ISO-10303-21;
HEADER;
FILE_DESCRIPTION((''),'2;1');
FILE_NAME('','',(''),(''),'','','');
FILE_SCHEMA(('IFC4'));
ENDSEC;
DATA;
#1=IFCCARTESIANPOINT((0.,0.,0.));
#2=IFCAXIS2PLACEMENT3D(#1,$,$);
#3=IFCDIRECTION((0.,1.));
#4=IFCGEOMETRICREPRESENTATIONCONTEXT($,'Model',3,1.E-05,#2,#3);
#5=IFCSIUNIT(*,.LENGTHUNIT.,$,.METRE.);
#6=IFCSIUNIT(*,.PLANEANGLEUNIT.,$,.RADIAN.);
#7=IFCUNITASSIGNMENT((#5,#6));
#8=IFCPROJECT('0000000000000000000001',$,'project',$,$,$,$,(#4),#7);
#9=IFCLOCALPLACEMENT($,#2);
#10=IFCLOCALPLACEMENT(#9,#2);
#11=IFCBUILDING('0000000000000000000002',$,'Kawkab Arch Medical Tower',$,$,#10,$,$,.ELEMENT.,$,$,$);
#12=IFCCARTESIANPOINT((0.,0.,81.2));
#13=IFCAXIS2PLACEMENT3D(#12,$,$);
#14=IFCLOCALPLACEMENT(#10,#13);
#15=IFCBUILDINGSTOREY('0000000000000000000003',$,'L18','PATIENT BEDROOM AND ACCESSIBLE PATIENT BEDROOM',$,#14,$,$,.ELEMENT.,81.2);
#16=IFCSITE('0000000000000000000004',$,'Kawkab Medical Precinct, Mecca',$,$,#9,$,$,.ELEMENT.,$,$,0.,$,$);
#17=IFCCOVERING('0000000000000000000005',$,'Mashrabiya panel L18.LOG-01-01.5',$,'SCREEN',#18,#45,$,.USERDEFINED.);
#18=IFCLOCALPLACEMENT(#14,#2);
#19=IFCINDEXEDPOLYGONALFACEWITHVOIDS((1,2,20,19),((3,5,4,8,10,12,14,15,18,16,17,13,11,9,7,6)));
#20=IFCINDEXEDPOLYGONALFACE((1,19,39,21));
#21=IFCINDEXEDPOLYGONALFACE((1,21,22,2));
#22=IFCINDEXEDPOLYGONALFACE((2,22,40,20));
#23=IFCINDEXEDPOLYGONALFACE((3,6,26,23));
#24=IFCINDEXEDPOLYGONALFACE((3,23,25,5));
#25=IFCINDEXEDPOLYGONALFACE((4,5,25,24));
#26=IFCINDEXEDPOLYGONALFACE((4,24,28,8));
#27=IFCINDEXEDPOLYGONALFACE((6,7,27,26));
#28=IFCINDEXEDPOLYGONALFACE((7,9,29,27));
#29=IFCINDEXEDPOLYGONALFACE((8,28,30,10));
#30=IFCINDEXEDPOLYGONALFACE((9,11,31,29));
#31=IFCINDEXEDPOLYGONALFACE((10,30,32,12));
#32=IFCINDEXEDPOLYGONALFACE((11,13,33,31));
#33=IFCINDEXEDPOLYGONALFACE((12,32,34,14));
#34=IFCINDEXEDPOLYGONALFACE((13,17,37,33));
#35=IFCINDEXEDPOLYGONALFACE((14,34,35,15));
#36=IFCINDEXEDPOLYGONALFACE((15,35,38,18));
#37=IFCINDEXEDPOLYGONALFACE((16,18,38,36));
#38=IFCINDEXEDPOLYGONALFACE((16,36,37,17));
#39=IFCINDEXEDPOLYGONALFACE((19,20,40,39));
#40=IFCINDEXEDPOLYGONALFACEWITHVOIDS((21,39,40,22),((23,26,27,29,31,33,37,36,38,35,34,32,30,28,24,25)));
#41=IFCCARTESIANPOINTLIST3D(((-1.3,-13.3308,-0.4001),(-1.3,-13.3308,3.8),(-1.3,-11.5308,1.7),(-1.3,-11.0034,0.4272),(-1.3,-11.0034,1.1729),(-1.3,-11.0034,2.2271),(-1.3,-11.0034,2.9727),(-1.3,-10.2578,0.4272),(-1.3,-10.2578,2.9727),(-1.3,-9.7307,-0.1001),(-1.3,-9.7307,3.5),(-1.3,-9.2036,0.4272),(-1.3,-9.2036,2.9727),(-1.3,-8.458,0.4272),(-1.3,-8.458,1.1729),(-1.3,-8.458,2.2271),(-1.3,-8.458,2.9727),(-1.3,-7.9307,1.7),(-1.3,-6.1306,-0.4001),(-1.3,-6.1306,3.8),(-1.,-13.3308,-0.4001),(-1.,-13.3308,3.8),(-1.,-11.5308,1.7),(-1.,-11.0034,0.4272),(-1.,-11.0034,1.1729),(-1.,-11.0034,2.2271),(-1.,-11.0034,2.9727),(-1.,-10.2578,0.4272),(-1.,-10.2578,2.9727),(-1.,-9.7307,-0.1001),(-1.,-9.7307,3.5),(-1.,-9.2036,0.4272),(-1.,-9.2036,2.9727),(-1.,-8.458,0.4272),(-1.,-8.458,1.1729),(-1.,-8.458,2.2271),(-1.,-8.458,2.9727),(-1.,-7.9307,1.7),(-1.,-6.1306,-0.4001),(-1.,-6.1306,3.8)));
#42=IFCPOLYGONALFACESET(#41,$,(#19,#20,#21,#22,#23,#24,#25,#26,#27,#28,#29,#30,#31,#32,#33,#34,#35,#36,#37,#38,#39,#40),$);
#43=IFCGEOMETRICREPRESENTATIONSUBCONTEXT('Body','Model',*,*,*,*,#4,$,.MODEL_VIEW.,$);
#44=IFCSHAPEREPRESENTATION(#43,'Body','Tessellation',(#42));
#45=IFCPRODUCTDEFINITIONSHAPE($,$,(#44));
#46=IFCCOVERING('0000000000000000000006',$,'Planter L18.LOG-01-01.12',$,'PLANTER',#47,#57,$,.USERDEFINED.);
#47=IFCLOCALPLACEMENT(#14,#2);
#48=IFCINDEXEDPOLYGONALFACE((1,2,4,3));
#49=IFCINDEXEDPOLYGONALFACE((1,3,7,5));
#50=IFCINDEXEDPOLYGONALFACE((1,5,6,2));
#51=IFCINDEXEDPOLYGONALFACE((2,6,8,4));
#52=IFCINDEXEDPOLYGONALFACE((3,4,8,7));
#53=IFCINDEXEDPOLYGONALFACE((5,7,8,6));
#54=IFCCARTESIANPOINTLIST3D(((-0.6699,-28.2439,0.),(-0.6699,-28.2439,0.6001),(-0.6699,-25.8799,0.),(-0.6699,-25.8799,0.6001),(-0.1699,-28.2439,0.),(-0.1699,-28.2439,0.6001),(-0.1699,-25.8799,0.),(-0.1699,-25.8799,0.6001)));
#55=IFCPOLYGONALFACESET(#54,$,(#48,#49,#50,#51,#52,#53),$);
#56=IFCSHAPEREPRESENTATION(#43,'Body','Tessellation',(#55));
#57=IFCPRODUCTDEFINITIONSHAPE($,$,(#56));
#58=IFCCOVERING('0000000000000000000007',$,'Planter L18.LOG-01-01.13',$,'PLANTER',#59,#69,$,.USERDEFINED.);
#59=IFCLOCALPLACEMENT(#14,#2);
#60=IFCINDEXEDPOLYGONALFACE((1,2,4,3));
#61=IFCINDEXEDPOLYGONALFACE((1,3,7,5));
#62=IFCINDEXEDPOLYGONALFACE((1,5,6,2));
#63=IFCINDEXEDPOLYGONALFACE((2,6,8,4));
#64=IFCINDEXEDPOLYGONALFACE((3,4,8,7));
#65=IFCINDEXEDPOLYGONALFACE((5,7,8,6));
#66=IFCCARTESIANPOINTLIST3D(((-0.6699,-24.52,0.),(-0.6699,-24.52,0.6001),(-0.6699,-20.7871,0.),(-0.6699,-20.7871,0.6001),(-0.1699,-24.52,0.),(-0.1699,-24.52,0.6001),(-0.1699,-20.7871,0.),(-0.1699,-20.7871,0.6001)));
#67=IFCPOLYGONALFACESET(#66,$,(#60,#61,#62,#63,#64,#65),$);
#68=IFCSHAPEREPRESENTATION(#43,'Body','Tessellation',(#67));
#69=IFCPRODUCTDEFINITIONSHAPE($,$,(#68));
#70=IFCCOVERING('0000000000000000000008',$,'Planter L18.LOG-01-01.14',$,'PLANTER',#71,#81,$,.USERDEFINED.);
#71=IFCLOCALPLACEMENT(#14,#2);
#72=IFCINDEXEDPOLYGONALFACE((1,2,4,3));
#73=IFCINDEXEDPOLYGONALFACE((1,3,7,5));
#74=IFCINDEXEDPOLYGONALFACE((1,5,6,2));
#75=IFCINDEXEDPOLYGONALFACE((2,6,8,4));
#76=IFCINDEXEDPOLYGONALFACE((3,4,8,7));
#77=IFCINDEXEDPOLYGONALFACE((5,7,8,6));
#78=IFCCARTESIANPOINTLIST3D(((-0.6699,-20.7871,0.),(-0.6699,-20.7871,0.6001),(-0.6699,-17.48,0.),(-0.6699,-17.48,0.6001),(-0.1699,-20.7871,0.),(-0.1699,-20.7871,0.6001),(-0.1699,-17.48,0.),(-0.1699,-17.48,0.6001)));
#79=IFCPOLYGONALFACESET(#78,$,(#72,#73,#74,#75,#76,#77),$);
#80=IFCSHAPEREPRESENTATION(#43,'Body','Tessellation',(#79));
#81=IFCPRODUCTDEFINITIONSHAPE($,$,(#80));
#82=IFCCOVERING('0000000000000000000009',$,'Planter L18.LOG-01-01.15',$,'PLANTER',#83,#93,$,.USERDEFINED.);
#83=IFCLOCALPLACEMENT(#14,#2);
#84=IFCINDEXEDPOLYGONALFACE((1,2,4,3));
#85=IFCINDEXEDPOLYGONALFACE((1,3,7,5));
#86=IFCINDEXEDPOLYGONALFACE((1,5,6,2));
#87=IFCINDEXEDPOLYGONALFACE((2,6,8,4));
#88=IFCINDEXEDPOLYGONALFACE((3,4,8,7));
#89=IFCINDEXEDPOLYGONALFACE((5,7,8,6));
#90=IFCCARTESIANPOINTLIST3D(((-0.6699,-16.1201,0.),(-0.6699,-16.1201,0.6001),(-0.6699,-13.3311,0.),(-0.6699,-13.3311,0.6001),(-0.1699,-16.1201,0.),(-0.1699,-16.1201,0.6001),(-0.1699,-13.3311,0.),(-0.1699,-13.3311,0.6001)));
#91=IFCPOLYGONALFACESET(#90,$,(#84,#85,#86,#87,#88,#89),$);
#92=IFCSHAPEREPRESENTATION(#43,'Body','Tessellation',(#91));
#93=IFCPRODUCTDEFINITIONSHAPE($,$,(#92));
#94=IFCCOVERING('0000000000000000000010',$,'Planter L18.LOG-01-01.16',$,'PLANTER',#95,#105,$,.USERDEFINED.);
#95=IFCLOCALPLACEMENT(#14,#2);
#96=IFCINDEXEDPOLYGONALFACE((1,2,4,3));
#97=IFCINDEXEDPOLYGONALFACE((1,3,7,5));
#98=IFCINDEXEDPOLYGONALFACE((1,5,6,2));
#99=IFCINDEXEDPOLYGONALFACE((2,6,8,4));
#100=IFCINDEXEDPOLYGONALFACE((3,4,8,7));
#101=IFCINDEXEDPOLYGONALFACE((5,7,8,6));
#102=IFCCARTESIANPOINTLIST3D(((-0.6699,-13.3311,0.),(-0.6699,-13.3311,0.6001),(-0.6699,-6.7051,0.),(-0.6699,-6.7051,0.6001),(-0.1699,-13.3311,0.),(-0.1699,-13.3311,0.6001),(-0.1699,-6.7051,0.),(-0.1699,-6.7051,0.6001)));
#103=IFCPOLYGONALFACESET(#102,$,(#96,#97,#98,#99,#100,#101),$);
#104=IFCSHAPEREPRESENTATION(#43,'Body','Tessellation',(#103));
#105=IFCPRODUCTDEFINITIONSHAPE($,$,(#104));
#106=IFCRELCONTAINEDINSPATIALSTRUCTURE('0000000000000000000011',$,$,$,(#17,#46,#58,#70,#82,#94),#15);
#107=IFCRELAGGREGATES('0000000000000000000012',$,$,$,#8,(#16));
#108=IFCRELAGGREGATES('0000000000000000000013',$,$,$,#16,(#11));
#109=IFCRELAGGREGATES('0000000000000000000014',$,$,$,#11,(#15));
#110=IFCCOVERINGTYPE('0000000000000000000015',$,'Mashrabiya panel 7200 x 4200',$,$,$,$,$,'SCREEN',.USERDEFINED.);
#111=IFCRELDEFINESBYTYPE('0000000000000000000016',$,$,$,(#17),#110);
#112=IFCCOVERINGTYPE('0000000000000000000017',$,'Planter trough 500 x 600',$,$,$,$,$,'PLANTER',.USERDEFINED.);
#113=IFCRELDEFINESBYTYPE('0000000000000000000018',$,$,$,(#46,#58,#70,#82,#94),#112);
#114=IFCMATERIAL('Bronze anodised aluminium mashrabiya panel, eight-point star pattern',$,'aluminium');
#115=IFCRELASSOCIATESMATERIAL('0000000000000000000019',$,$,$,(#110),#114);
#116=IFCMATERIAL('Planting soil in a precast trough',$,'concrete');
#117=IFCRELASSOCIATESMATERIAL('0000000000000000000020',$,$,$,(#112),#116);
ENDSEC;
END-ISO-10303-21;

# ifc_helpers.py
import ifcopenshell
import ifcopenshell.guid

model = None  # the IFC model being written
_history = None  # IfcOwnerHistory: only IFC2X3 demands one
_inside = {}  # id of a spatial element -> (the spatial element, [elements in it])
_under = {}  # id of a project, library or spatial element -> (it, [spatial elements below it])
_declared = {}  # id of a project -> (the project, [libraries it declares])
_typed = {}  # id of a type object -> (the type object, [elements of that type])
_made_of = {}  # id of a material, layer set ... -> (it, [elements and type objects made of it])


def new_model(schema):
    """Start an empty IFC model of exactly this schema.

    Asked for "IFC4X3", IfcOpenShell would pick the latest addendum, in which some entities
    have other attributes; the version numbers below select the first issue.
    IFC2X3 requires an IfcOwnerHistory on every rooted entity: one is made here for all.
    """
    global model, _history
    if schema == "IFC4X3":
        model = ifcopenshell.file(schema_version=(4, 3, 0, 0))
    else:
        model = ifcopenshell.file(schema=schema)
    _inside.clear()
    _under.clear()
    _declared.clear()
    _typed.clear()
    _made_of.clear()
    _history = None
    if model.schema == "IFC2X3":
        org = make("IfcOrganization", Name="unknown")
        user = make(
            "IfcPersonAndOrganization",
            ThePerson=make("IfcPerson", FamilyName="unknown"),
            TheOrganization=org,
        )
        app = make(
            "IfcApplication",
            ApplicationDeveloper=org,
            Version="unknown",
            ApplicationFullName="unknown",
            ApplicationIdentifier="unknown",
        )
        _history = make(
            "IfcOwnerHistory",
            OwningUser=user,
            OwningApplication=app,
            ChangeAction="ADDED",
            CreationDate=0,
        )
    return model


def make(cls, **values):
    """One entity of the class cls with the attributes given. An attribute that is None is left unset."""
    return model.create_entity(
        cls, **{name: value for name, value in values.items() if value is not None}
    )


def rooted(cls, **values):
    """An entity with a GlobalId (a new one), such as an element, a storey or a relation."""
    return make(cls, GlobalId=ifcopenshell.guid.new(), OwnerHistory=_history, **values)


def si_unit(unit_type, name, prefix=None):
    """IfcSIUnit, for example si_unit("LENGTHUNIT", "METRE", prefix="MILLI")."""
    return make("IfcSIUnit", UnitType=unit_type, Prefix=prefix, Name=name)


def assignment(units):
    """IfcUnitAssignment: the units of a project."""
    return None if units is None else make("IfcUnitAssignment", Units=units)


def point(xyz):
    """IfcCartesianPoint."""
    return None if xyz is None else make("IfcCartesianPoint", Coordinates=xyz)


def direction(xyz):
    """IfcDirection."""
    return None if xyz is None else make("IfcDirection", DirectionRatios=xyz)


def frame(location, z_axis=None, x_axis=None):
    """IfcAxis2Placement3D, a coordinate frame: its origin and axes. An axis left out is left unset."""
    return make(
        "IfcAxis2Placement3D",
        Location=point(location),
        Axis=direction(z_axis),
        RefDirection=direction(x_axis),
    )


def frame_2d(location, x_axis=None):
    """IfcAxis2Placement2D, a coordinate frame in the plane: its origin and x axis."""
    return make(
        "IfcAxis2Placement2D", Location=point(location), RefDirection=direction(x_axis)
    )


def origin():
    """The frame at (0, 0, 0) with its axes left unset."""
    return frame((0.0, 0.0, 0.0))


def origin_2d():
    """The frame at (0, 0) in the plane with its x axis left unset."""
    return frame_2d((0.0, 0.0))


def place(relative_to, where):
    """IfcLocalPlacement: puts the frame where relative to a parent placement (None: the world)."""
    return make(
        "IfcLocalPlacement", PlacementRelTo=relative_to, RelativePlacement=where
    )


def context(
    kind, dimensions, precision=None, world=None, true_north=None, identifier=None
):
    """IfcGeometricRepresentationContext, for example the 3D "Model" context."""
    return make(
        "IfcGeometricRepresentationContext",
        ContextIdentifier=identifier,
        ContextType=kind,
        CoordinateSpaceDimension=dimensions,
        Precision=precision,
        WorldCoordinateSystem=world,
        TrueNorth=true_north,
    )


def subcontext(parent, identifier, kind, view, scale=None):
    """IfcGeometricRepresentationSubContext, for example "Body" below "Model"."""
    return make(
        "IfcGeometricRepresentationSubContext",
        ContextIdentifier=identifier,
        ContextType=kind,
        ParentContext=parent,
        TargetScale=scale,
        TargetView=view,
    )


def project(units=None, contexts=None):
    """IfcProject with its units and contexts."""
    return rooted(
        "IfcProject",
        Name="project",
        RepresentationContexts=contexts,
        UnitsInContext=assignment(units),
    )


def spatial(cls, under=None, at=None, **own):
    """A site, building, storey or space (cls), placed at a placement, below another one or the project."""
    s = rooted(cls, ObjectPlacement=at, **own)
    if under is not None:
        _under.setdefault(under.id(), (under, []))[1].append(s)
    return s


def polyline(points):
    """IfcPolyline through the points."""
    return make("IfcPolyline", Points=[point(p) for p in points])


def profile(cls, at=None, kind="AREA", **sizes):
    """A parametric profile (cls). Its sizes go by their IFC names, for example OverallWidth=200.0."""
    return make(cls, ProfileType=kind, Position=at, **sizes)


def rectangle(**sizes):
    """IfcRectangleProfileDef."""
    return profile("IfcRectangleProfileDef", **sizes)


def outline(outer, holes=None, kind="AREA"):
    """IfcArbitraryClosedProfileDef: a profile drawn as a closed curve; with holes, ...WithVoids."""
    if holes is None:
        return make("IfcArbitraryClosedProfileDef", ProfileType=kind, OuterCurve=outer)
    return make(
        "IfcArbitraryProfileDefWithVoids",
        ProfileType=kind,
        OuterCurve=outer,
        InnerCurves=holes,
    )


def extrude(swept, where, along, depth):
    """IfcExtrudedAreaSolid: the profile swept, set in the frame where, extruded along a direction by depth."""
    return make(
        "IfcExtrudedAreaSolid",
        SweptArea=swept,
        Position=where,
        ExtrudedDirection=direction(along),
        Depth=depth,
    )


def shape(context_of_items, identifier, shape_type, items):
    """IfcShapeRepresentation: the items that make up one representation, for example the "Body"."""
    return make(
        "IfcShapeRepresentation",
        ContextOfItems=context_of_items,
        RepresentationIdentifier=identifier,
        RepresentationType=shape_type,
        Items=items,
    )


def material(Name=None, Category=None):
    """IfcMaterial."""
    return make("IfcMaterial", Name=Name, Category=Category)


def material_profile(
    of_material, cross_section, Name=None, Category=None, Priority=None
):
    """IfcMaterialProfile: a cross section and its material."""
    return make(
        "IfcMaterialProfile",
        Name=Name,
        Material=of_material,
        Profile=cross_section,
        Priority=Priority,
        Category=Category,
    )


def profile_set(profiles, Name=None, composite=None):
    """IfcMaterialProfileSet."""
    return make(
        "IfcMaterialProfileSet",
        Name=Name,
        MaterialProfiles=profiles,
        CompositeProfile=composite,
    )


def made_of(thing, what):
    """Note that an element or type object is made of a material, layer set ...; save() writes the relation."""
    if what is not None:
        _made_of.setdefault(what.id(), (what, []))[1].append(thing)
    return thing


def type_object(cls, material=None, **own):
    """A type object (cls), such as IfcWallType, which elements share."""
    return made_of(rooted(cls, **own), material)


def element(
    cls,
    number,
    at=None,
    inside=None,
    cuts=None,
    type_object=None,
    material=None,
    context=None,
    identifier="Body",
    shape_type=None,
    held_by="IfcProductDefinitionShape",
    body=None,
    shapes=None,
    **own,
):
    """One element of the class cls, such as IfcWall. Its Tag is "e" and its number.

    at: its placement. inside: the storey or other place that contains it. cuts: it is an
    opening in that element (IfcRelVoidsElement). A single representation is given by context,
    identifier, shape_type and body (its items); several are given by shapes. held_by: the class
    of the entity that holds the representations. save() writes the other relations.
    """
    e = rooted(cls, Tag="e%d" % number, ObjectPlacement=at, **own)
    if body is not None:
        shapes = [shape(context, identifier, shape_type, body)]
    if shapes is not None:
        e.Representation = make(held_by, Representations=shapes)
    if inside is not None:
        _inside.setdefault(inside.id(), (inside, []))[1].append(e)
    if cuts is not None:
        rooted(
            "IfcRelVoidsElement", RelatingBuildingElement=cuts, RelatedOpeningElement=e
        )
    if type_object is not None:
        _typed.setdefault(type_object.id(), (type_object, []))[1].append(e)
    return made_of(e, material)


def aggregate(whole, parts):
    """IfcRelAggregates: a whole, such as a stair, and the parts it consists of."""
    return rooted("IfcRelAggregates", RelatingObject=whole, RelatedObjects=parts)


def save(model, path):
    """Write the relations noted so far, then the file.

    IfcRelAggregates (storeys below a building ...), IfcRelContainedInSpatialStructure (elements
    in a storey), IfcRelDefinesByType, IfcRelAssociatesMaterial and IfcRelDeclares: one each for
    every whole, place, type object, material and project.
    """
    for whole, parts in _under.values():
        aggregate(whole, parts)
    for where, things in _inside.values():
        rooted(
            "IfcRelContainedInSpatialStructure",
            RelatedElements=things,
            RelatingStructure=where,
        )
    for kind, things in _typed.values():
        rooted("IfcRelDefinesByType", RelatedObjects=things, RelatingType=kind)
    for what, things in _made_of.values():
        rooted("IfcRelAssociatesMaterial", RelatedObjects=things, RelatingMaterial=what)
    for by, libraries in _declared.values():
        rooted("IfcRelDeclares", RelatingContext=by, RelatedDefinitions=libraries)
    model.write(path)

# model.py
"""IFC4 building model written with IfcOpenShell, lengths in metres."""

from ifc_helpers import new_model, si_unit, direction, frame, origin, origin_2d, place, context, subcontext, project, spatial, polyline, rectangle, outline, extrude, material, material_profile, profile_set, type_object, element, save


model = new_model("IFC4")

# Units and contexts
model_context = context("Model", 3, precision=1e-05, world=origin(), true_north=direction((0.0, 1.0)))
body_context = subcontext(model_context, "Body", "Model", "MODEL_VIEW")
ifc_project = project(units=[si_unit("LENGTHUNIT", "METRE"), si_unit("PLANEANGLEUNIT", "RADIAN")], contexts=[model_context])

# Site, building, storey
site_placement = place(None, origin())
site = spatial("IfcSite", under=ifc_project, at=site_placement, Name="Kawkab Medical Precinct, Mecca", CompositionType="ELEMENT", RefElevation=0.0)
building_placement = place(site_placement, origin())
building = spatial("IfcBuilding", under=site, at=building_placement, Name="Kawkab Arch Medical Tower", CompositionType="ELEMENT")
storey_placement = place(building_placement, frame((0.0, 0.0, 81.2)))
storey = spatial("IfcBuildingStorey", under=building, at=storey_placement, Name="L18", Description="PATIENT BEDROOM AND ACCESSIBLE PATIENT BEDROOM", CompositionType="ELEMENT", Elevation=81.2)

# Coverings
ifc_material_1 = material(Name="Bronze anodised aluminium mashrabiya panel, eight-point star pattern", Category="aluminium")
ifc_material_profile_1 = material_profile(ifc_material_1, outline(polyline([(-3.6001, -2.1001), (3.6001, -2.1001), (3.6001, 2.1001), (-3.6001, 2.1001), (-3.6001, -2.1001)]), holes=[polyline([(1.8, 0.0), (1.2727, 0.5271), (1.2727, 1.2727), (0.5271, 1.2727), (0.0, 1.8), (-0.5271, 1.2727), (-1.2727, 1.2727), (-1.2727, 0.5271), (-1.8, 0.0), (-1.2727, -0.5271), (-1.2727, -1.2727), (-0.5271, -1.2727), (0.0, -1.8), (0.5271, -1.2727), (1.2727, -1.2727), (1.2727, -0.5271), (1.8, 0.0)])]), Name="Mashrabiya panel 7200x4200")
ifc_profile_set_1 = profile_set([ifc_material_profile_1], Name="Bronze anodised aluminium mashrabiya panel, eight-point star pattern")
covering_type_1 = type_object("IfcCoveringType", Name="Mashrabiya panel 7200 x 4200", ElementType="SCREEN", PredefinedType="USERDEFINED", material=ifc_profile_set_1)
for number, where, z_axis, x_axis, name in (
    (1, (-1.0, -9.7307, 1.7), (-1.0, 0.0, 0.0), (0.0, -1.0, 0.0), "Mashrabiya panel L18.LOG-01-01.5"),
):
    element("IfcCovering", number, at=place(storey_placement, frame(where, z_axis=z_axis, x_axis=x_axis)), inside=storey, type_object=covering_type_1, Name=name, ObjectType="SCREEN", PredefinedType="USERDEFINED", context=body_context, shape_type="SweptSolid", body=[
        extrude(outline(polyline([(-3.6001, -2.1001), (3.6001, -2.1001), (3.6001, 2.1001), (-3.6001, 2.1001), (-3.6001, -2.1001)]), holes=[polyline([(1.8, 0.0), (1.2727, 0.5271), (1.2727, 1.2727), (0.5271, 1.2727), (0.0, 1.8), (-0.5271, 1.2727), (-1.2727, 1.2727), (-1.2727, 0.5271), (-1.8, 0.0), (-1.2727, -0.5271), (-1.2727, -1.2727), (-0.5271, -1.2727), (0.0, -1.8), (0.5271, -1.2727), (1.2727, -1.2727), (1.2727, -0.5271), (1.8, 0.0)])]), origin(), (0.0, 0.0, 1.0), 0.3),
    ])
ifc_material_2 = material(Name="Planting soil in a precast trough", Category="concrete")
ifc_material_profile_2 = material_profile(ifc_material_2, rectangle(XDim=0.5, YDim=0.6001, at=origin_2d()), Name="Trough 500x600")
ifc_profile_set_2 = profile_set([ifc_material_profile_2], Name="Planting soil in a precast trough")
covering_type_2 = type_object("IfcCoveringType", Name="Planter trough 500 x 600", ElementType="PLANTER", PredefinedType="USERDEFINED", material=ifc_profile_set_2)
covering_1_placement = place(storey_placement, frame((-0.4199, -28.2439, 0.3), z_axis=(0.0, 1.0, 0.0), x_axis=(-1.0, 0.0, 0.0)))
element("IfcCovering", 2, at=covering_1_placement, inside=storey, type_object=covering_type_2, Name="Planter L18.LOG-01-01.12", ObjectType="PLANTER", PredefinedType="USERDEFINED", context=body_context, shape_type="SweptSolid", body=[
    extrude(rectangle(XDim=0.5, YDim=0.6001, at=origin_2d()), origin(), (0.0, 0.0, 1.0), 2.364),
])
covering_2_placement = place(storey_placement, frame((-0.4199, -24.52, 0.3), z_axis=(0.0, 1.0, 0.0), x_axis=(-1.0, 0.0, 0.0)))
element("IfcCovering", 3, at=covering_2_placement, inside=storey, type_object=covering_type_2, Name="Planter L18.LOG-01-01.13", ObjectType="PLANTER", PredefinedType="USERDEFINED", context=body_context, shape_type="SweptSolid", body=[
    extrude(rectangle(XDim=0.5, YDim=0.6001, at=origin_2d()), origin(), (0.0, 0.0, 1.0), 3.7329),
])
covering_3_placement = place(storey_placement, frame((-0.4199, -20.7871, 0.3), z_axis=(0.0, 1.0, 0.0), x_axis=(-1.0, 0.0, 0.0)))
element("IfcCovering", 4, at=covering_3_placement, inside=storey, type_object=covering_type_2, Name="Planter L18.LOG-01-01.14", ObjectType="PLANTER", PredefinedType="USERDEFINED", context=body_context, shape_type="SweptSolid", body=[
    extrude(rectangle(XDim=0.5, YDim=0.6001, at=origin_2d()), origin(), (0.0, 0.0, 1.0), 3.3071),
])
covering_4_placement = place(storey_placement, frame((-0.4199, -16.1201, 0.3), z_axis=(0.0, 1.0, 0.0), x_axis=(-1.0, 0.0, 0.0)))
element("IfcCovering", 5, at=covering_4_placement, inside=storey, type_object=covering_type_2, Name="Planter L18.LOG-01-01.15", ObjectType="PLANTER", PredefinedType="USERDEFINED", context=body_context, shape_type="SweptSolid", body=[
    extrude(rectangle(XDim=0.5, YDim=0.6001, at=origin_2d()), origin(), (0.0, 0.0, 1.0), 2.7891),
])
covering_5_placement = place(storey_placement, frame((-0.4199, -13.3311, 0.3), z_axis=(0.0, 1.0, 0.0), x_axis=(-1.0, 0.0, 0.0)))
element("IfcCovering", 6, at=covering_5_placement, inside=storey, type_object=covering_type_2, Name="Planter L18.LOG-01-01.16", ObjectType="PLANTER", PredefinedType="USERDEFINED", context=body_context, shape_type="SweptSolid", body=[
    extrude(rectangle(XDim=0.5, YDim=0.6001, at=origin_2d()), origin(), (0.0, 0.0, 1.0), 6.626),
])

save(model, "model.ifc")
